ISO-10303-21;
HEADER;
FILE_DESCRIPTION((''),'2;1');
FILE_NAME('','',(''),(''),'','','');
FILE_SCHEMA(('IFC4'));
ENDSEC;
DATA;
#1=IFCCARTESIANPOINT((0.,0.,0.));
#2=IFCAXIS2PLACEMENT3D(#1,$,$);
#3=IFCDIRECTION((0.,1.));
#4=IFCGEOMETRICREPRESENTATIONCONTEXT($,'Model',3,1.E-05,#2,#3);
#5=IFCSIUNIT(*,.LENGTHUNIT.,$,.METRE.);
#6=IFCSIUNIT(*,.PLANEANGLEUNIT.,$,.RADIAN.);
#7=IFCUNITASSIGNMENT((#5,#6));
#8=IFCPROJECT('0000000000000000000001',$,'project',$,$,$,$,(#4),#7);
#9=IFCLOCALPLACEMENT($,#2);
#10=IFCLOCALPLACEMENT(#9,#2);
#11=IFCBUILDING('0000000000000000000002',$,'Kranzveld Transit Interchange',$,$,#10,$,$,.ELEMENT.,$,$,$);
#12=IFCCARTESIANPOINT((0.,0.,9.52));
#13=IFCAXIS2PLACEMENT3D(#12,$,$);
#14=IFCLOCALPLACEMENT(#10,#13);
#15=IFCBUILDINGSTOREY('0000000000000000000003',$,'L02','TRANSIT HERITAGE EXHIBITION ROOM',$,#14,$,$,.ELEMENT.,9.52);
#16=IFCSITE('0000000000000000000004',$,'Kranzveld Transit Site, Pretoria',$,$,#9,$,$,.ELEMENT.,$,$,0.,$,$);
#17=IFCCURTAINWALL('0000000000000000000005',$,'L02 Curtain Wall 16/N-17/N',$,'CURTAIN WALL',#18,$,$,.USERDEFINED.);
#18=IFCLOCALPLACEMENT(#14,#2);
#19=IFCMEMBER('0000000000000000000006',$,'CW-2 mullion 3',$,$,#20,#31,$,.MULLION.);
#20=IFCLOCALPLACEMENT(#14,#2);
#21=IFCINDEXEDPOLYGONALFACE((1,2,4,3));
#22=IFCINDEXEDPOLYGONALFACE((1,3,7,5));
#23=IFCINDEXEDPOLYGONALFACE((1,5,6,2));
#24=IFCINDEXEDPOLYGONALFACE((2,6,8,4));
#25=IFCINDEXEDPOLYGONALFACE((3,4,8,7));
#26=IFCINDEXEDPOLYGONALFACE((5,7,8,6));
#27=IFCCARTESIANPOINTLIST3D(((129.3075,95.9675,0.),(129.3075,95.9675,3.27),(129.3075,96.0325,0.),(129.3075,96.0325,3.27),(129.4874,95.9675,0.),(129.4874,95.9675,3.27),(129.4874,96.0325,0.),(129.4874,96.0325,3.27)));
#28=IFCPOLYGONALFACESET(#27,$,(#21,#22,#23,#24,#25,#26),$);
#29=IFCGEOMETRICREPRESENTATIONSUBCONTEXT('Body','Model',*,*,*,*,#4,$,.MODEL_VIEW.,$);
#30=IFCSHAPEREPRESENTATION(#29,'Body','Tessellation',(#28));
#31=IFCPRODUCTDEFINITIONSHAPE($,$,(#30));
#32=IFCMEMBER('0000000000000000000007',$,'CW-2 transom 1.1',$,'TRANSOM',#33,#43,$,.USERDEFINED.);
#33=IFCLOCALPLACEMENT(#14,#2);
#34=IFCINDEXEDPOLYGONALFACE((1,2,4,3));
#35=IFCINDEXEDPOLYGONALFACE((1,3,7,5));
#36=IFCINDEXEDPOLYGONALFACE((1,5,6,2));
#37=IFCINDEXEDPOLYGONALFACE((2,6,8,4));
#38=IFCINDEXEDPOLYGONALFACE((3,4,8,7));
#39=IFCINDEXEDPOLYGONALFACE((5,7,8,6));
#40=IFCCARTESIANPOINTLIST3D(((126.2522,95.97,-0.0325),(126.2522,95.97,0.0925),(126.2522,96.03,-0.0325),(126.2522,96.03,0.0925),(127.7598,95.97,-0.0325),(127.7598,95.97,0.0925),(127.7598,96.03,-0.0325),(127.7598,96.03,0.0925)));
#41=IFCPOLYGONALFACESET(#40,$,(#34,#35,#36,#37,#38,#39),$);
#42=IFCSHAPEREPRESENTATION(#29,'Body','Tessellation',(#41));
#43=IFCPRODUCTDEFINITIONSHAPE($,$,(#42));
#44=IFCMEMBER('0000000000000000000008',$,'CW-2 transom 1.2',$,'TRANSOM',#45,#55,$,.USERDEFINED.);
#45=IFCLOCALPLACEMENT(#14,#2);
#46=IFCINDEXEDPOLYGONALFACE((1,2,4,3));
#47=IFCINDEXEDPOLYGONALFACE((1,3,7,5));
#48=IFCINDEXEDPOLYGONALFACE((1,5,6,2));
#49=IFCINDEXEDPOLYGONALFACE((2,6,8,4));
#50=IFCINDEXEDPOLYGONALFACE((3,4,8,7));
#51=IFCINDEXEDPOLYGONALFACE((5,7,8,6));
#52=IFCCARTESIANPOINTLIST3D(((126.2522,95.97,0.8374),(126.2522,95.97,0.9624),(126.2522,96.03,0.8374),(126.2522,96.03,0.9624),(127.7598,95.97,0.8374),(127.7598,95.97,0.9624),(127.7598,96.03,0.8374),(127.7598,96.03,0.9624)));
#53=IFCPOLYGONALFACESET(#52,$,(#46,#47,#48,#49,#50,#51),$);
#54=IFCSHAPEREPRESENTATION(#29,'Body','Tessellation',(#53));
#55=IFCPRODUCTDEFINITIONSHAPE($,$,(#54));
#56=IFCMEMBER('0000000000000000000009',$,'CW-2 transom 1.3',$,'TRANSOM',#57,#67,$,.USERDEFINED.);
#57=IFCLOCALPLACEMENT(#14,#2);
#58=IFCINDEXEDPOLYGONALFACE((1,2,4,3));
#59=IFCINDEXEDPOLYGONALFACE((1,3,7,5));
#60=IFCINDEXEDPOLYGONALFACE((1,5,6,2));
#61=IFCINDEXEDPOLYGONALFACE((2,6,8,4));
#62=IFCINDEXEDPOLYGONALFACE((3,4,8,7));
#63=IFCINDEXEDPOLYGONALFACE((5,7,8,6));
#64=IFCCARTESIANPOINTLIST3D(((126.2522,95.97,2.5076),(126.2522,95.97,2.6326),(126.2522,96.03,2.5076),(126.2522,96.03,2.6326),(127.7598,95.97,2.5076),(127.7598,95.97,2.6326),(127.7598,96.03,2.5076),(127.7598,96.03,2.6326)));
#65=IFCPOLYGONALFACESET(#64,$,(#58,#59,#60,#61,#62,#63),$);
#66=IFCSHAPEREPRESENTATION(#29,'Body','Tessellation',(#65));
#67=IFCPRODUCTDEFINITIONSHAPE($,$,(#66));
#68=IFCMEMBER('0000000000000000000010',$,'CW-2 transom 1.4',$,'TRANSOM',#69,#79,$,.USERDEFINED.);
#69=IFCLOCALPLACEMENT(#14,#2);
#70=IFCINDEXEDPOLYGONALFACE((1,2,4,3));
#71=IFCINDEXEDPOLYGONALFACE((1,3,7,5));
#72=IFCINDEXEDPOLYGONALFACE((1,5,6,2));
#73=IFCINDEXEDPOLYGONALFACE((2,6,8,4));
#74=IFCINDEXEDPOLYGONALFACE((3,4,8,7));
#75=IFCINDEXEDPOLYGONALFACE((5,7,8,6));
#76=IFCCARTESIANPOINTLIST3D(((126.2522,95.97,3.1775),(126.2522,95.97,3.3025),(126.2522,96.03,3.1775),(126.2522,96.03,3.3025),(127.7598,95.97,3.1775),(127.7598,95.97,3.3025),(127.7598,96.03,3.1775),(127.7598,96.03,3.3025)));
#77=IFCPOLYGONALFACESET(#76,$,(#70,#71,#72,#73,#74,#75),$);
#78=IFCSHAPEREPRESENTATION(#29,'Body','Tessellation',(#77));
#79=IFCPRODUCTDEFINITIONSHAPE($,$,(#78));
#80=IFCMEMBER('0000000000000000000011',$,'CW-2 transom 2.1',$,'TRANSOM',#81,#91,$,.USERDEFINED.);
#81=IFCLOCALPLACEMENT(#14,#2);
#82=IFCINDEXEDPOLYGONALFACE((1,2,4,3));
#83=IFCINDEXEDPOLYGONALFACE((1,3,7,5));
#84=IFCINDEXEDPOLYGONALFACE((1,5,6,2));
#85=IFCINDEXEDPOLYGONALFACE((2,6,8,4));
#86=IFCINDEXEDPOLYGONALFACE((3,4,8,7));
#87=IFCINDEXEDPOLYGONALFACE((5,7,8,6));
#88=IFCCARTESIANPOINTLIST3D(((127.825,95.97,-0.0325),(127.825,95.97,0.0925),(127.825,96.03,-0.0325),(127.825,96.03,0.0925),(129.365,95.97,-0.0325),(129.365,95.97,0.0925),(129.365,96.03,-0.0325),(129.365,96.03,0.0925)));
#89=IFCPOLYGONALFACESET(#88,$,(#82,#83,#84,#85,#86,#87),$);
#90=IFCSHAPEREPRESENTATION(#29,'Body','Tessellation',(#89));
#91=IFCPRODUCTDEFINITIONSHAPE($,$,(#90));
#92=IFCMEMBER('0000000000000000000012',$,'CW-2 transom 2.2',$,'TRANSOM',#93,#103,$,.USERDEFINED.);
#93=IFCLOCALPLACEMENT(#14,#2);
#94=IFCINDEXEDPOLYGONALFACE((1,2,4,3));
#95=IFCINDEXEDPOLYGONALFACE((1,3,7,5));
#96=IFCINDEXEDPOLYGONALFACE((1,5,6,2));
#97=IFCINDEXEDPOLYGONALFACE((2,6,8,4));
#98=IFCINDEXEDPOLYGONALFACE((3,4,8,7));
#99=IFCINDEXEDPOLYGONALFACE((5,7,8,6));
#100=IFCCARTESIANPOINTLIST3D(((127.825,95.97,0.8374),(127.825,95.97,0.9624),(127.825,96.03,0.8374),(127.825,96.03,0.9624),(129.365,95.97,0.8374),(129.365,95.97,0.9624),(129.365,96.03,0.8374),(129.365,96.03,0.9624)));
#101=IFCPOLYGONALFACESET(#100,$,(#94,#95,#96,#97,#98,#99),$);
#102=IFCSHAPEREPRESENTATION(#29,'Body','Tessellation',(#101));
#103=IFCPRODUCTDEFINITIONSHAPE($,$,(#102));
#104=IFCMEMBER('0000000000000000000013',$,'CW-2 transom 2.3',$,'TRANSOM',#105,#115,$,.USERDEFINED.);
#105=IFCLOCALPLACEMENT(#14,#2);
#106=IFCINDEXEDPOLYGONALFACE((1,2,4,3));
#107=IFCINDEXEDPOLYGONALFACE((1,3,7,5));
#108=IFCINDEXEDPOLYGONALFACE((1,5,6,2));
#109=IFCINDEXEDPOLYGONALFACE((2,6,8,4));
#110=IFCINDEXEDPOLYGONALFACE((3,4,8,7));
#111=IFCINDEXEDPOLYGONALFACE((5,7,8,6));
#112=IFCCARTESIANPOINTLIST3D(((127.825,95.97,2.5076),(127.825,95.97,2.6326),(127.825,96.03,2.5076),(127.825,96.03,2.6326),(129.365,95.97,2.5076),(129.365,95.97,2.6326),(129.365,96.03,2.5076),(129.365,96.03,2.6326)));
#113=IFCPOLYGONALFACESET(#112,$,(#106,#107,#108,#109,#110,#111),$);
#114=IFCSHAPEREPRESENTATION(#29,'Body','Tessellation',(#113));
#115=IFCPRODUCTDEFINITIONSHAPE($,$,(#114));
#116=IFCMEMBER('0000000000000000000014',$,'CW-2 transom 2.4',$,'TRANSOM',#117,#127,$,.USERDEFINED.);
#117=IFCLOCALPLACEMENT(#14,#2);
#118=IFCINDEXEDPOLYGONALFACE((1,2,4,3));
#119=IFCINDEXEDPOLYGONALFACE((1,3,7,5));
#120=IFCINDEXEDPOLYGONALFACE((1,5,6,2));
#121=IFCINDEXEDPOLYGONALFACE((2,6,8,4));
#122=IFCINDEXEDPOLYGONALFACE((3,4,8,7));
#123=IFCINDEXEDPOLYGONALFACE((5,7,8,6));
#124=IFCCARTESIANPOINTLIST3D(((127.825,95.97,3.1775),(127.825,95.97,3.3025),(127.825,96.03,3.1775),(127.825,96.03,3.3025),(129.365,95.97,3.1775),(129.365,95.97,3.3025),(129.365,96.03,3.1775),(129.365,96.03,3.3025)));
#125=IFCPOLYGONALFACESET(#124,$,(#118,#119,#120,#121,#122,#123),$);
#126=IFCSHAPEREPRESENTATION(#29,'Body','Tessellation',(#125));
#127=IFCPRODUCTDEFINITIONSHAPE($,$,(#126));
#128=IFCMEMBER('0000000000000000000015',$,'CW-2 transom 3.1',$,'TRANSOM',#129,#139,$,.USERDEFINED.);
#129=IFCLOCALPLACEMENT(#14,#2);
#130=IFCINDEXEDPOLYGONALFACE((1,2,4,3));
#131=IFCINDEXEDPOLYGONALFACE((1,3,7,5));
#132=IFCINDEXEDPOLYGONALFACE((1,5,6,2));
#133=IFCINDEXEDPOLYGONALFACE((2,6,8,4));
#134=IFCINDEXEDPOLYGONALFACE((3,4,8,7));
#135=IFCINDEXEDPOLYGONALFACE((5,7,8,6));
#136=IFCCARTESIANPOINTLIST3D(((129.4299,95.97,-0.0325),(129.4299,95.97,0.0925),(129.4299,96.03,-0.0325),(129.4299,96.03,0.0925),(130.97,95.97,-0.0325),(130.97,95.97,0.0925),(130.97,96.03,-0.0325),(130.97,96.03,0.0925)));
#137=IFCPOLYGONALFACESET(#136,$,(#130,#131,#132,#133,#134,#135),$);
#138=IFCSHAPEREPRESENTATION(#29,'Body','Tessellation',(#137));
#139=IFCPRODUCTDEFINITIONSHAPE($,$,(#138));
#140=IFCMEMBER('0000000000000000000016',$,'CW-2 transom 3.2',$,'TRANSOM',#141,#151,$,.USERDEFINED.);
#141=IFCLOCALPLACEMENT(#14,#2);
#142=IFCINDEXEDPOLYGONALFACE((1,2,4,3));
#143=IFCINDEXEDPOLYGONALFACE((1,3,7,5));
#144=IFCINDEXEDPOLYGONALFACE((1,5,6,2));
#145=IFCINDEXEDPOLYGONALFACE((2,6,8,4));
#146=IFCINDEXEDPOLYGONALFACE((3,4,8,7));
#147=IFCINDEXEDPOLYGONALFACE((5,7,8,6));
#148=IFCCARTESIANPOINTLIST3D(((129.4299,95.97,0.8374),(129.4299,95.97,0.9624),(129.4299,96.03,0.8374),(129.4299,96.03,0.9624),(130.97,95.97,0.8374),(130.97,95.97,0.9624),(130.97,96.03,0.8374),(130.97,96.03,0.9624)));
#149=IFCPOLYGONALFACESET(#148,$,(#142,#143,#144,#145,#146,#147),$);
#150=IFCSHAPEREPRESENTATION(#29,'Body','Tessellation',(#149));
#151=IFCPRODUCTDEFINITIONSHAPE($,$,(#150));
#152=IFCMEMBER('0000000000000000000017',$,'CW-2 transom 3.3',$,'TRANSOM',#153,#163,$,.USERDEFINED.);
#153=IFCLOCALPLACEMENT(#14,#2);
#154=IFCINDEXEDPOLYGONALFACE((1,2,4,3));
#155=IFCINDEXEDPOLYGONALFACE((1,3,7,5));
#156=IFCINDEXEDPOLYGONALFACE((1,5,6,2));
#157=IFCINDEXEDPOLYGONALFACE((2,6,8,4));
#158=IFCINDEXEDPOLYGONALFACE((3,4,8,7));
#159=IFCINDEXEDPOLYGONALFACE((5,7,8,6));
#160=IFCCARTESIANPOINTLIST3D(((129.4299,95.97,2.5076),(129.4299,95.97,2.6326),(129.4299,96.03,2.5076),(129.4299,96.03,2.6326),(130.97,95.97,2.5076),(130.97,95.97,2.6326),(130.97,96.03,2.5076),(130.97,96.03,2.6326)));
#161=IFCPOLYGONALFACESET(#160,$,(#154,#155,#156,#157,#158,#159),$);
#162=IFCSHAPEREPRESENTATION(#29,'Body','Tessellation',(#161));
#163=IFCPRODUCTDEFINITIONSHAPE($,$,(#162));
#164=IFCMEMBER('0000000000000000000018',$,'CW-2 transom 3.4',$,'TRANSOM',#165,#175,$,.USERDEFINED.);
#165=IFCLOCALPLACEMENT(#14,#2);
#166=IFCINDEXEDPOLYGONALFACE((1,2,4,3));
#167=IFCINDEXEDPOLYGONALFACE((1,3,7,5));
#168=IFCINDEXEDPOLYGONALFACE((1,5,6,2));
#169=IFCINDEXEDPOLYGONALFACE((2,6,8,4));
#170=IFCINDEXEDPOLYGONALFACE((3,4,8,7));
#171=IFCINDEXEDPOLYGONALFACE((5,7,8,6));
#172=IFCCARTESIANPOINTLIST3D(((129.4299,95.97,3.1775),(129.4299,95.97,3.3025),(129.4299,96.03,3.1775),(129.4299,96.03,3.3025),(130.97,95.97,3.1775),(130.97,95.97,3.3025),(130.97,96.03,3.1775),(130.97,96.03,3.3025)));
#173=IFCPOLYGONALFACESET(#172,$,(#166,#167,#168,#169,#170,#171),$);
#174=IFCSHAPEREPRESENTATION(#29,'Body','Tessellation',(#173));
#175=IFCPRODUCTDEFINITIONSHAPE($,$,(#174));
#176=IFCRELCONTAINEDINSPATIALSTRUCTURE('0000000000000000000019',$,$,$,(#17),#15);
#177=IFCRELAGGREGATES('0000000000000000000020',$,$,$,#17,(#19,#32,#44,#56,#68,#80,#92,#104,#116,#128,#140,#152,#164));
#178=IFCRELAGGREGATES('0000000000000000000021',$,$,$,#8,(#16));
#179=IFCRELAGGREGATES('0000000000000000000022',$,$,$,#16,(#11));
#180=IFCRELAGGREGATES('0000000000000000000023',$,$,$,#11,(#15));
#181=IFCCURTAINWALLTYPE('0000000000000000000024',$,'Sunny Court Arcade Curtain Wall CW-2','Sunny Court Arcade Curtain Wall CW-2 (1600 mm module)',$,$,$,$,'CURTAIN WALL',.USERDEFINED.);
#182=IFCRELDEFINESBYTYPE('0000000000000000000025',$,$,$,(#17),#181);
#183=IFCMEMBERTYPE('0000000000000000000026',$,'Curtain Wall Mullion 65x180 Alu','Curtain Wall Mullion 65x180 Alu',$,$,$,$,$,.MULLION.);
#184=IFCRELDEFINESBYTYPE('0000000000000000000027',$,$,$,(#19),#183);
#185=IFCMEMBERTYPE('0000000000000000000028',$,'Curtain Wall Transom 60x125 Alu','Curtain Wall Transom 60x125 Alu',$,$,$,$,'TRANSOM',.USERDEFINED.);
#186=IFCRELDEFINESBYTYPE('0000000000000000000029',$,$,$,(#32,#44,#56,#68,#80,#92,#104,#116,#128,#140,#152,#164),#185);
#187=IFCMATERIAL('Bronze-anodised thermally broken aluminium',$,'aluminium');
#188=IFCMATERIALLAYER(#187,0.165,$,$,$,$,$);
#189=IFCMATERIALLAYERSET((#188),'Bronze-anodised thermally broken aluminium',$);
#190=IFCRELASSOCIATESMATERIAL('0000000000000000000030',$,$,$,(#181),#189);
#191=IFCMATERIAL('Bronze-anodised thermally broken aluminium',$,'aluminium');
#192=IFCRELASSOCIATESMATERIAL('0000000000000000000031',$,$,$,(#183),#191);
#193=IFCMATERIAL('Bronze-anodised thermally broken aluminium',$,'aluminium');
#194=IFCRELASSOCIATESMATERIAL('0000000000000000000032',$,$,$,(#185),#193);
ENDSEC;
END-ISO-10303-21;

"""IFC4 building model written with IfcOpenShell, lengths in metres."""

from ifc_helpers import new_model, si_unit, direction, frame, origin, origin_2d, place, context, subcontext, project, spatial, rectangle, extrude, material, layer, layer_set, material_profile, profile_set, type_object, element, aggregate, save


model = new_model("IFC4")

# Units and contexts
model_context = context("Model", 3, precision=1e-05, world=origin(), true_north=direction((0.0, 1.0)))
body_context = subcontext(model_context, "Body", "Model", "MODEL_VIEW")
ifc_project = project(units=[si_unit("LENGTHUNIT", "METRE"), si_unit("PLANEANGLEUNIT", "RADIAN")], contexts=[model_context])

# Site, building, storey
site_placement = place(None, origin())
site = spatial("IfcSite", under=ifc_project, at=site_placement, Name="Kranzveld Transit Site, Pretoria", CompositionType="ELEMENT", RefElevation=0.0)
building_placement = place(site_placement, origin())
building = spatial("IfcBuilding", under=site, at=building_placement, Name="Kranzveld Transit Interchange", CompositionType="ELEMENT")
storey_placement = place(building_placement, frame((0.0, 0.0, 9.52)))
storey = spatial("IfcBuildingStorey", under=building, at=storey_placement, Name="L02", Description="TRANSIT HERITAGE EXHIBITION ROOM", CompositionType="ELEMENT", Elevation=9.52)

# Curtain wall, members
ifc_material_1 = material(Name="Bronze-anodised thermally broken aluminium", Category="aluminium")
ifc_layer_1 = layer(ifc_material_1, 0.165)
ifc_layer_set_1 = layer_set([ifc_layer_1], Name="Bronze-anodised thermally broken aluminium")
curtain_wall_type_1 = type_object("IfcCurtainWallType", Name="Sunny Court Arcade Curtain Wall CW-2", Description="Sunny Court Arcade Curtain Wall CW-2 (1600 mm module)", ElementType="CURTAIN WALL", PredefinedType="USERDEFINED", material=ifc_layer_set_1)
curtain_wall_1_placement = place(storey_placement, origin())
curtain_wall_1 = element("IfcCurtainWall", 1, at=curtain_wall_1_placement, inside=storey, type_object=curtain_wall_type_1, Name="L02 Curtain Wall 16/N-17/N", ObjectType="CURTAIN WALL", PredefinedType="USERDEFINED")
ifc_material_2 = material(Name="Bronze-anodised thermally broken aluminium", Category="aluminium")
ifc_material_profile_1 = material_profile(ifc_material_2, rectangle(XDim=0.0649, YDim=0.1799, at=origin_2d()), Name="ALU MULLION 65x180")
ifc_profile_set_1 = profile_set([ifc_material_profile_1], Name="Bronze-anodised thermally broken aluminium")
member_type_1 = type_object("IfcMemberType", Name="Curtain Wall Mullion 65x180 Alu", Description="Curtain Wall Mullion 65x180 Alu", PredefinedType="MULLION", material=ifc_profile_set_1)
member_1_placement = place(storey_placement, frame((129.3975, 96.0, 0.0), z_axis=(0.0, 0.0, 1.0), x_axis=(0.0, 1.0, 0.0)))
member_1 = element("IfcMember", 2, at=member_1_placement, type_object=member_type_1, Name="CW-2 mullion 3", PredefinedType="MULLION", context=body_context, shape_type="SweptSolid", body=[
    extrude(rectangle(XDim=0.0649, YDim=0.1799, at=origin_2d()), origin(), (0.0, 0.0, 1.0), 3.27),
])
ifc_material_3 = material(Name="Bronze-anodised thermally broken aluminium", Category="aluminium")
ifc_material_profile_2 = material_profile(ifc_material_3, rectangle(XDim=0.0601, YDim=0.125, at=origin_2d()), Name="ALU TRANSOM 60x125")
ifc_profile_set_2 = profile_set([ifc_material_profile_2], Name="Bronze-anodised thermally broken aluminium")
member_type_2 = type_object("IfcMemberType", Name="Curtain Wall Transom 60x125 Alu", Description="Curtain Wall Transom 60x125 Alu", ElementType="TRANSOM", PredefinedType="USERDEFINED", material=ifc_profile_set_2)
member_2_placement = place(storey_placement, frame((126.2522, 96.0, 0.03), z_axis=(1.0, 0.0, 0.0), x_axis=(0.0, 1.0, 0.0)))
member_2 = element("IfcMember", 3, at=member_2_placement, type_object=member_type_2, Name="CW-2 transom 1.1", ObjectType="TRANSOM", PredefinedType="USERDEFINED", context=body_context, shape_type="SweptSolid", body=[
    extrude(rectangle(XDim=0.0601, YDim=0.125, at=origin_2d()), origin(), (0.0, 0.0, 1.0), 1.5076),
])
member_3_placement = place(storey_placement, frame((126.2522, 96.0, 0.8999), z_axis=(1.0, 0.0, 0.0), x_axis=(0.0, 1.0, 0.0)))
member_3 = element("IfcMember", 4, at=member_3_placement, type_object=member_type_2, Name="CW-2 transom 1.2", ObjectType="TRANSOM", PredefinedType="USERDEFINED", context=body_context, shape_type="SweptSolid", body=[
    extrude(rectangle(XDim=0.0601, YDim=0.125, at=origin_2d()), origin(), (0.0, 0.0, 1.0), 1.5076),
])
member_4_placement = place(storey_placement, frame((126.2522, 96.0, 2.5701), z_axis=(1.0, 0.0, 0.0), x_axis=(0.0, 1.0, 0.0)))
member_4 = element("IfcMember", 5, at=member_4_placement, type_object=member_type_2, Name="CW-2 transom 1.3", ObjectType="TRANSOM", PredefinedType="USERDEFINED", context=body_context, shape_type="SweptSolid", body=[
    extrude(rectangle(XDim=0.0601, YDim=0.125, at=origin_2d()), origin(), (0.0, 0.0, 1.0), 1.5076),
])
member_5_placement = place(storey_placement, frame((126.2522, 96.0, 3.24), z_axis=(1.0, 0.0, 0.0), x_axis=(0.0, 1.0, 0.0)))
member_5 = element("IfcMember", 6, at=member_5_placement, type_object=member_type_2, Name="CW-2 transom 1.4", ObjectType="TRANSOM", PredefinedType="USERDEFINED", context=body_context, shape_type="SweptSolid", body=[
    extrude(rectangle(XDim=0.0601, YDim=0.125, at=origin_2d()), origin(), (0.0, 0.0, 1.0), 1.5076),
])
member_6_placement = place(storey_placement, frame((127.825, 96.0, 0.03), z_axis=(1.0, 0.0, 0.0), x_axis=(0.0, 1.0, 0.0)))
member_6 = element("IfcMember", 7, at=member_6_placement, type_object=member_type_2, Name="CW-2 transom 2.1", ObjectType="TRANSOM", PredefinedType="USERDEFINED", context=body_context, shape_type="SweptSolid", body=[
    extrude(rectangle(XDim=0.0601, YDim=0.125, at=origin_2d()), origin(), (0.0, 0.0, 1.0), 1.54),
])
member_7_placement = place(storey_placement, frame((127.825, 96.0, 0.8999), z_axis=(1.0, 0.0, 0.0), x_axis=(0.0, 1.0, 0.0)))
member_7 = element("IfcMember", 8, at=member_7_placement, type_object=member_type_2, Name="CW-2 transom 2.2", ObjectType="TRANSOM", PredefinedType="USERDEFINED", context=body_context, shape_type="SweptSolid", body=[
    extrude(rectangle(XDim=0.0601, YDim=0.125, at=origin_2d()), origin(), (0.0, 0.0, 1.0), 1.54),
])
member_8_placement = place(storey_placement, frame((127.825, 96.0, 2.5701), z_axis=(1.0, 0.0, 0.0), x_axis=(0.0, 1.0, 0.0)))
member_8 = element("IfcMember", 9, at=member_8_placement, type_object=member_type_2, Name="CW-2 transom 2.3", ObjectType="TRANSOM", PredefinedType="USERDEFINED", context=body_context, shape_type="SweptSolid", body=[
    extrude(rectangle(XDim=0.0601, YDim=0.125, at=origin_2d()), origin(), (0.0, 0.0, 1.0), 1.54),
])
member_9_placement = place(storey_placement, frame((127.825, 96.0, 3.24), z_axis=(1.0, 0.0, 0.0), x_axis=(0.0, 1.0, 0.0)))
member_9 = element("IfcMember", 10, at=member_9_placement, type_object=member_type_2, Name="CW-2 transom 2.4", ObjectType="TRANSOM", PredefinedType="USERDEFINED", context=body_context, shape_type="SweptSolid", body=[
    extrude(rectangle(XDim=0.0601, YDim=0.125, at=origin_2d()), origin(), (0.0, 0.0, 1.0), 1.54),
])
member_10_placement = place(storey_placement, frame((129.4299, 96.0, 0.03), z_axis=(1.0, 0.0, 0.0), x_axis=(0.0, 1.0, 0.0)))
member_10 = element("IfcMember", 11, at=member_10_placement, type_object=member_type_2, Name="CW-2 transom 3.1", ObjectType="TRANSOM", PredefinedType="USERDEFINED", context=body_context, shape_type="SweptSolid", body=[
    extrude(rectangle(XDim=0.0601, YDim=0.125, at=origin_2d()), origin(), (0.0, 0.0, 1.0), 1.54),
])
member_11_placement = place(storey_placement, frame((129.4299, 96.0, 0.8999), z_axis=(1.0, 0.0, 0.0), x_axis=(0.0, 1.0, 0.0)))
member_11 = element("IfcMember", 12, at=member_11_placement, type_object=member_type_2, Name="CW-2 transom 3.2", ObjectType="TRANSOM", PredefinedType="USERDEFINED", context=body_context, shape_type="SweptSolid", body=[
    extrude(rectangle(XDim=0.0601, YDim=0.125, at=origin_2d()), origin(), (0.0, 0.0, 1.0), 1.54),
])
member_12_placement = place(storey_placement, frame((129.4299, 96.0, 2.5701), z_axis=(1.0, 0.0, 0.0), x_axis=(0.0, 1.0, 0.0)))
member_12 = element("IfcMember", 13, at=member_12_placement, type_object=member_type_2, Name="CW-2 transom 3.3", ObjectType="TRANSOM", PredefinedType="USERDEFINED", context=body_context, shape_type="SweptSolid", body=[
    extrude(rectangle(XDim=0.0601, YDim=0.125, at=origin_2d()), origin(), (0.0, 0.0, 1.0), 1.54),
])
member_13_placement = place(storey_placement, frame((129.4299, 96.0, 3.24), z_axis=(1.0, 0.0, 0.0), x_axis=(0.0, 1.0, 0.0)))
member_13 = element("IfcMember", 14, at=member_13_placement, type_object=member_type_2, Name="CW-2 transom 3.4", ObjectType="TRANSOM", PredefinedType="USERDEFINED", context=body_context, shape_type="SweptSolid", body=[
    extrude(rectangle(XDim=0.0601, YDim=0.125, at=origin_2d()), origin(), (0.0, 0.0, 1.0), 1.54),
])

aggregate(curtain_wall_1, [member_1, member_2, member_3, member_4, member_5, member_6, member_7, member_8, member_9, member_10, member_11, member_12, member_13])

save(model, "model.ifc")
